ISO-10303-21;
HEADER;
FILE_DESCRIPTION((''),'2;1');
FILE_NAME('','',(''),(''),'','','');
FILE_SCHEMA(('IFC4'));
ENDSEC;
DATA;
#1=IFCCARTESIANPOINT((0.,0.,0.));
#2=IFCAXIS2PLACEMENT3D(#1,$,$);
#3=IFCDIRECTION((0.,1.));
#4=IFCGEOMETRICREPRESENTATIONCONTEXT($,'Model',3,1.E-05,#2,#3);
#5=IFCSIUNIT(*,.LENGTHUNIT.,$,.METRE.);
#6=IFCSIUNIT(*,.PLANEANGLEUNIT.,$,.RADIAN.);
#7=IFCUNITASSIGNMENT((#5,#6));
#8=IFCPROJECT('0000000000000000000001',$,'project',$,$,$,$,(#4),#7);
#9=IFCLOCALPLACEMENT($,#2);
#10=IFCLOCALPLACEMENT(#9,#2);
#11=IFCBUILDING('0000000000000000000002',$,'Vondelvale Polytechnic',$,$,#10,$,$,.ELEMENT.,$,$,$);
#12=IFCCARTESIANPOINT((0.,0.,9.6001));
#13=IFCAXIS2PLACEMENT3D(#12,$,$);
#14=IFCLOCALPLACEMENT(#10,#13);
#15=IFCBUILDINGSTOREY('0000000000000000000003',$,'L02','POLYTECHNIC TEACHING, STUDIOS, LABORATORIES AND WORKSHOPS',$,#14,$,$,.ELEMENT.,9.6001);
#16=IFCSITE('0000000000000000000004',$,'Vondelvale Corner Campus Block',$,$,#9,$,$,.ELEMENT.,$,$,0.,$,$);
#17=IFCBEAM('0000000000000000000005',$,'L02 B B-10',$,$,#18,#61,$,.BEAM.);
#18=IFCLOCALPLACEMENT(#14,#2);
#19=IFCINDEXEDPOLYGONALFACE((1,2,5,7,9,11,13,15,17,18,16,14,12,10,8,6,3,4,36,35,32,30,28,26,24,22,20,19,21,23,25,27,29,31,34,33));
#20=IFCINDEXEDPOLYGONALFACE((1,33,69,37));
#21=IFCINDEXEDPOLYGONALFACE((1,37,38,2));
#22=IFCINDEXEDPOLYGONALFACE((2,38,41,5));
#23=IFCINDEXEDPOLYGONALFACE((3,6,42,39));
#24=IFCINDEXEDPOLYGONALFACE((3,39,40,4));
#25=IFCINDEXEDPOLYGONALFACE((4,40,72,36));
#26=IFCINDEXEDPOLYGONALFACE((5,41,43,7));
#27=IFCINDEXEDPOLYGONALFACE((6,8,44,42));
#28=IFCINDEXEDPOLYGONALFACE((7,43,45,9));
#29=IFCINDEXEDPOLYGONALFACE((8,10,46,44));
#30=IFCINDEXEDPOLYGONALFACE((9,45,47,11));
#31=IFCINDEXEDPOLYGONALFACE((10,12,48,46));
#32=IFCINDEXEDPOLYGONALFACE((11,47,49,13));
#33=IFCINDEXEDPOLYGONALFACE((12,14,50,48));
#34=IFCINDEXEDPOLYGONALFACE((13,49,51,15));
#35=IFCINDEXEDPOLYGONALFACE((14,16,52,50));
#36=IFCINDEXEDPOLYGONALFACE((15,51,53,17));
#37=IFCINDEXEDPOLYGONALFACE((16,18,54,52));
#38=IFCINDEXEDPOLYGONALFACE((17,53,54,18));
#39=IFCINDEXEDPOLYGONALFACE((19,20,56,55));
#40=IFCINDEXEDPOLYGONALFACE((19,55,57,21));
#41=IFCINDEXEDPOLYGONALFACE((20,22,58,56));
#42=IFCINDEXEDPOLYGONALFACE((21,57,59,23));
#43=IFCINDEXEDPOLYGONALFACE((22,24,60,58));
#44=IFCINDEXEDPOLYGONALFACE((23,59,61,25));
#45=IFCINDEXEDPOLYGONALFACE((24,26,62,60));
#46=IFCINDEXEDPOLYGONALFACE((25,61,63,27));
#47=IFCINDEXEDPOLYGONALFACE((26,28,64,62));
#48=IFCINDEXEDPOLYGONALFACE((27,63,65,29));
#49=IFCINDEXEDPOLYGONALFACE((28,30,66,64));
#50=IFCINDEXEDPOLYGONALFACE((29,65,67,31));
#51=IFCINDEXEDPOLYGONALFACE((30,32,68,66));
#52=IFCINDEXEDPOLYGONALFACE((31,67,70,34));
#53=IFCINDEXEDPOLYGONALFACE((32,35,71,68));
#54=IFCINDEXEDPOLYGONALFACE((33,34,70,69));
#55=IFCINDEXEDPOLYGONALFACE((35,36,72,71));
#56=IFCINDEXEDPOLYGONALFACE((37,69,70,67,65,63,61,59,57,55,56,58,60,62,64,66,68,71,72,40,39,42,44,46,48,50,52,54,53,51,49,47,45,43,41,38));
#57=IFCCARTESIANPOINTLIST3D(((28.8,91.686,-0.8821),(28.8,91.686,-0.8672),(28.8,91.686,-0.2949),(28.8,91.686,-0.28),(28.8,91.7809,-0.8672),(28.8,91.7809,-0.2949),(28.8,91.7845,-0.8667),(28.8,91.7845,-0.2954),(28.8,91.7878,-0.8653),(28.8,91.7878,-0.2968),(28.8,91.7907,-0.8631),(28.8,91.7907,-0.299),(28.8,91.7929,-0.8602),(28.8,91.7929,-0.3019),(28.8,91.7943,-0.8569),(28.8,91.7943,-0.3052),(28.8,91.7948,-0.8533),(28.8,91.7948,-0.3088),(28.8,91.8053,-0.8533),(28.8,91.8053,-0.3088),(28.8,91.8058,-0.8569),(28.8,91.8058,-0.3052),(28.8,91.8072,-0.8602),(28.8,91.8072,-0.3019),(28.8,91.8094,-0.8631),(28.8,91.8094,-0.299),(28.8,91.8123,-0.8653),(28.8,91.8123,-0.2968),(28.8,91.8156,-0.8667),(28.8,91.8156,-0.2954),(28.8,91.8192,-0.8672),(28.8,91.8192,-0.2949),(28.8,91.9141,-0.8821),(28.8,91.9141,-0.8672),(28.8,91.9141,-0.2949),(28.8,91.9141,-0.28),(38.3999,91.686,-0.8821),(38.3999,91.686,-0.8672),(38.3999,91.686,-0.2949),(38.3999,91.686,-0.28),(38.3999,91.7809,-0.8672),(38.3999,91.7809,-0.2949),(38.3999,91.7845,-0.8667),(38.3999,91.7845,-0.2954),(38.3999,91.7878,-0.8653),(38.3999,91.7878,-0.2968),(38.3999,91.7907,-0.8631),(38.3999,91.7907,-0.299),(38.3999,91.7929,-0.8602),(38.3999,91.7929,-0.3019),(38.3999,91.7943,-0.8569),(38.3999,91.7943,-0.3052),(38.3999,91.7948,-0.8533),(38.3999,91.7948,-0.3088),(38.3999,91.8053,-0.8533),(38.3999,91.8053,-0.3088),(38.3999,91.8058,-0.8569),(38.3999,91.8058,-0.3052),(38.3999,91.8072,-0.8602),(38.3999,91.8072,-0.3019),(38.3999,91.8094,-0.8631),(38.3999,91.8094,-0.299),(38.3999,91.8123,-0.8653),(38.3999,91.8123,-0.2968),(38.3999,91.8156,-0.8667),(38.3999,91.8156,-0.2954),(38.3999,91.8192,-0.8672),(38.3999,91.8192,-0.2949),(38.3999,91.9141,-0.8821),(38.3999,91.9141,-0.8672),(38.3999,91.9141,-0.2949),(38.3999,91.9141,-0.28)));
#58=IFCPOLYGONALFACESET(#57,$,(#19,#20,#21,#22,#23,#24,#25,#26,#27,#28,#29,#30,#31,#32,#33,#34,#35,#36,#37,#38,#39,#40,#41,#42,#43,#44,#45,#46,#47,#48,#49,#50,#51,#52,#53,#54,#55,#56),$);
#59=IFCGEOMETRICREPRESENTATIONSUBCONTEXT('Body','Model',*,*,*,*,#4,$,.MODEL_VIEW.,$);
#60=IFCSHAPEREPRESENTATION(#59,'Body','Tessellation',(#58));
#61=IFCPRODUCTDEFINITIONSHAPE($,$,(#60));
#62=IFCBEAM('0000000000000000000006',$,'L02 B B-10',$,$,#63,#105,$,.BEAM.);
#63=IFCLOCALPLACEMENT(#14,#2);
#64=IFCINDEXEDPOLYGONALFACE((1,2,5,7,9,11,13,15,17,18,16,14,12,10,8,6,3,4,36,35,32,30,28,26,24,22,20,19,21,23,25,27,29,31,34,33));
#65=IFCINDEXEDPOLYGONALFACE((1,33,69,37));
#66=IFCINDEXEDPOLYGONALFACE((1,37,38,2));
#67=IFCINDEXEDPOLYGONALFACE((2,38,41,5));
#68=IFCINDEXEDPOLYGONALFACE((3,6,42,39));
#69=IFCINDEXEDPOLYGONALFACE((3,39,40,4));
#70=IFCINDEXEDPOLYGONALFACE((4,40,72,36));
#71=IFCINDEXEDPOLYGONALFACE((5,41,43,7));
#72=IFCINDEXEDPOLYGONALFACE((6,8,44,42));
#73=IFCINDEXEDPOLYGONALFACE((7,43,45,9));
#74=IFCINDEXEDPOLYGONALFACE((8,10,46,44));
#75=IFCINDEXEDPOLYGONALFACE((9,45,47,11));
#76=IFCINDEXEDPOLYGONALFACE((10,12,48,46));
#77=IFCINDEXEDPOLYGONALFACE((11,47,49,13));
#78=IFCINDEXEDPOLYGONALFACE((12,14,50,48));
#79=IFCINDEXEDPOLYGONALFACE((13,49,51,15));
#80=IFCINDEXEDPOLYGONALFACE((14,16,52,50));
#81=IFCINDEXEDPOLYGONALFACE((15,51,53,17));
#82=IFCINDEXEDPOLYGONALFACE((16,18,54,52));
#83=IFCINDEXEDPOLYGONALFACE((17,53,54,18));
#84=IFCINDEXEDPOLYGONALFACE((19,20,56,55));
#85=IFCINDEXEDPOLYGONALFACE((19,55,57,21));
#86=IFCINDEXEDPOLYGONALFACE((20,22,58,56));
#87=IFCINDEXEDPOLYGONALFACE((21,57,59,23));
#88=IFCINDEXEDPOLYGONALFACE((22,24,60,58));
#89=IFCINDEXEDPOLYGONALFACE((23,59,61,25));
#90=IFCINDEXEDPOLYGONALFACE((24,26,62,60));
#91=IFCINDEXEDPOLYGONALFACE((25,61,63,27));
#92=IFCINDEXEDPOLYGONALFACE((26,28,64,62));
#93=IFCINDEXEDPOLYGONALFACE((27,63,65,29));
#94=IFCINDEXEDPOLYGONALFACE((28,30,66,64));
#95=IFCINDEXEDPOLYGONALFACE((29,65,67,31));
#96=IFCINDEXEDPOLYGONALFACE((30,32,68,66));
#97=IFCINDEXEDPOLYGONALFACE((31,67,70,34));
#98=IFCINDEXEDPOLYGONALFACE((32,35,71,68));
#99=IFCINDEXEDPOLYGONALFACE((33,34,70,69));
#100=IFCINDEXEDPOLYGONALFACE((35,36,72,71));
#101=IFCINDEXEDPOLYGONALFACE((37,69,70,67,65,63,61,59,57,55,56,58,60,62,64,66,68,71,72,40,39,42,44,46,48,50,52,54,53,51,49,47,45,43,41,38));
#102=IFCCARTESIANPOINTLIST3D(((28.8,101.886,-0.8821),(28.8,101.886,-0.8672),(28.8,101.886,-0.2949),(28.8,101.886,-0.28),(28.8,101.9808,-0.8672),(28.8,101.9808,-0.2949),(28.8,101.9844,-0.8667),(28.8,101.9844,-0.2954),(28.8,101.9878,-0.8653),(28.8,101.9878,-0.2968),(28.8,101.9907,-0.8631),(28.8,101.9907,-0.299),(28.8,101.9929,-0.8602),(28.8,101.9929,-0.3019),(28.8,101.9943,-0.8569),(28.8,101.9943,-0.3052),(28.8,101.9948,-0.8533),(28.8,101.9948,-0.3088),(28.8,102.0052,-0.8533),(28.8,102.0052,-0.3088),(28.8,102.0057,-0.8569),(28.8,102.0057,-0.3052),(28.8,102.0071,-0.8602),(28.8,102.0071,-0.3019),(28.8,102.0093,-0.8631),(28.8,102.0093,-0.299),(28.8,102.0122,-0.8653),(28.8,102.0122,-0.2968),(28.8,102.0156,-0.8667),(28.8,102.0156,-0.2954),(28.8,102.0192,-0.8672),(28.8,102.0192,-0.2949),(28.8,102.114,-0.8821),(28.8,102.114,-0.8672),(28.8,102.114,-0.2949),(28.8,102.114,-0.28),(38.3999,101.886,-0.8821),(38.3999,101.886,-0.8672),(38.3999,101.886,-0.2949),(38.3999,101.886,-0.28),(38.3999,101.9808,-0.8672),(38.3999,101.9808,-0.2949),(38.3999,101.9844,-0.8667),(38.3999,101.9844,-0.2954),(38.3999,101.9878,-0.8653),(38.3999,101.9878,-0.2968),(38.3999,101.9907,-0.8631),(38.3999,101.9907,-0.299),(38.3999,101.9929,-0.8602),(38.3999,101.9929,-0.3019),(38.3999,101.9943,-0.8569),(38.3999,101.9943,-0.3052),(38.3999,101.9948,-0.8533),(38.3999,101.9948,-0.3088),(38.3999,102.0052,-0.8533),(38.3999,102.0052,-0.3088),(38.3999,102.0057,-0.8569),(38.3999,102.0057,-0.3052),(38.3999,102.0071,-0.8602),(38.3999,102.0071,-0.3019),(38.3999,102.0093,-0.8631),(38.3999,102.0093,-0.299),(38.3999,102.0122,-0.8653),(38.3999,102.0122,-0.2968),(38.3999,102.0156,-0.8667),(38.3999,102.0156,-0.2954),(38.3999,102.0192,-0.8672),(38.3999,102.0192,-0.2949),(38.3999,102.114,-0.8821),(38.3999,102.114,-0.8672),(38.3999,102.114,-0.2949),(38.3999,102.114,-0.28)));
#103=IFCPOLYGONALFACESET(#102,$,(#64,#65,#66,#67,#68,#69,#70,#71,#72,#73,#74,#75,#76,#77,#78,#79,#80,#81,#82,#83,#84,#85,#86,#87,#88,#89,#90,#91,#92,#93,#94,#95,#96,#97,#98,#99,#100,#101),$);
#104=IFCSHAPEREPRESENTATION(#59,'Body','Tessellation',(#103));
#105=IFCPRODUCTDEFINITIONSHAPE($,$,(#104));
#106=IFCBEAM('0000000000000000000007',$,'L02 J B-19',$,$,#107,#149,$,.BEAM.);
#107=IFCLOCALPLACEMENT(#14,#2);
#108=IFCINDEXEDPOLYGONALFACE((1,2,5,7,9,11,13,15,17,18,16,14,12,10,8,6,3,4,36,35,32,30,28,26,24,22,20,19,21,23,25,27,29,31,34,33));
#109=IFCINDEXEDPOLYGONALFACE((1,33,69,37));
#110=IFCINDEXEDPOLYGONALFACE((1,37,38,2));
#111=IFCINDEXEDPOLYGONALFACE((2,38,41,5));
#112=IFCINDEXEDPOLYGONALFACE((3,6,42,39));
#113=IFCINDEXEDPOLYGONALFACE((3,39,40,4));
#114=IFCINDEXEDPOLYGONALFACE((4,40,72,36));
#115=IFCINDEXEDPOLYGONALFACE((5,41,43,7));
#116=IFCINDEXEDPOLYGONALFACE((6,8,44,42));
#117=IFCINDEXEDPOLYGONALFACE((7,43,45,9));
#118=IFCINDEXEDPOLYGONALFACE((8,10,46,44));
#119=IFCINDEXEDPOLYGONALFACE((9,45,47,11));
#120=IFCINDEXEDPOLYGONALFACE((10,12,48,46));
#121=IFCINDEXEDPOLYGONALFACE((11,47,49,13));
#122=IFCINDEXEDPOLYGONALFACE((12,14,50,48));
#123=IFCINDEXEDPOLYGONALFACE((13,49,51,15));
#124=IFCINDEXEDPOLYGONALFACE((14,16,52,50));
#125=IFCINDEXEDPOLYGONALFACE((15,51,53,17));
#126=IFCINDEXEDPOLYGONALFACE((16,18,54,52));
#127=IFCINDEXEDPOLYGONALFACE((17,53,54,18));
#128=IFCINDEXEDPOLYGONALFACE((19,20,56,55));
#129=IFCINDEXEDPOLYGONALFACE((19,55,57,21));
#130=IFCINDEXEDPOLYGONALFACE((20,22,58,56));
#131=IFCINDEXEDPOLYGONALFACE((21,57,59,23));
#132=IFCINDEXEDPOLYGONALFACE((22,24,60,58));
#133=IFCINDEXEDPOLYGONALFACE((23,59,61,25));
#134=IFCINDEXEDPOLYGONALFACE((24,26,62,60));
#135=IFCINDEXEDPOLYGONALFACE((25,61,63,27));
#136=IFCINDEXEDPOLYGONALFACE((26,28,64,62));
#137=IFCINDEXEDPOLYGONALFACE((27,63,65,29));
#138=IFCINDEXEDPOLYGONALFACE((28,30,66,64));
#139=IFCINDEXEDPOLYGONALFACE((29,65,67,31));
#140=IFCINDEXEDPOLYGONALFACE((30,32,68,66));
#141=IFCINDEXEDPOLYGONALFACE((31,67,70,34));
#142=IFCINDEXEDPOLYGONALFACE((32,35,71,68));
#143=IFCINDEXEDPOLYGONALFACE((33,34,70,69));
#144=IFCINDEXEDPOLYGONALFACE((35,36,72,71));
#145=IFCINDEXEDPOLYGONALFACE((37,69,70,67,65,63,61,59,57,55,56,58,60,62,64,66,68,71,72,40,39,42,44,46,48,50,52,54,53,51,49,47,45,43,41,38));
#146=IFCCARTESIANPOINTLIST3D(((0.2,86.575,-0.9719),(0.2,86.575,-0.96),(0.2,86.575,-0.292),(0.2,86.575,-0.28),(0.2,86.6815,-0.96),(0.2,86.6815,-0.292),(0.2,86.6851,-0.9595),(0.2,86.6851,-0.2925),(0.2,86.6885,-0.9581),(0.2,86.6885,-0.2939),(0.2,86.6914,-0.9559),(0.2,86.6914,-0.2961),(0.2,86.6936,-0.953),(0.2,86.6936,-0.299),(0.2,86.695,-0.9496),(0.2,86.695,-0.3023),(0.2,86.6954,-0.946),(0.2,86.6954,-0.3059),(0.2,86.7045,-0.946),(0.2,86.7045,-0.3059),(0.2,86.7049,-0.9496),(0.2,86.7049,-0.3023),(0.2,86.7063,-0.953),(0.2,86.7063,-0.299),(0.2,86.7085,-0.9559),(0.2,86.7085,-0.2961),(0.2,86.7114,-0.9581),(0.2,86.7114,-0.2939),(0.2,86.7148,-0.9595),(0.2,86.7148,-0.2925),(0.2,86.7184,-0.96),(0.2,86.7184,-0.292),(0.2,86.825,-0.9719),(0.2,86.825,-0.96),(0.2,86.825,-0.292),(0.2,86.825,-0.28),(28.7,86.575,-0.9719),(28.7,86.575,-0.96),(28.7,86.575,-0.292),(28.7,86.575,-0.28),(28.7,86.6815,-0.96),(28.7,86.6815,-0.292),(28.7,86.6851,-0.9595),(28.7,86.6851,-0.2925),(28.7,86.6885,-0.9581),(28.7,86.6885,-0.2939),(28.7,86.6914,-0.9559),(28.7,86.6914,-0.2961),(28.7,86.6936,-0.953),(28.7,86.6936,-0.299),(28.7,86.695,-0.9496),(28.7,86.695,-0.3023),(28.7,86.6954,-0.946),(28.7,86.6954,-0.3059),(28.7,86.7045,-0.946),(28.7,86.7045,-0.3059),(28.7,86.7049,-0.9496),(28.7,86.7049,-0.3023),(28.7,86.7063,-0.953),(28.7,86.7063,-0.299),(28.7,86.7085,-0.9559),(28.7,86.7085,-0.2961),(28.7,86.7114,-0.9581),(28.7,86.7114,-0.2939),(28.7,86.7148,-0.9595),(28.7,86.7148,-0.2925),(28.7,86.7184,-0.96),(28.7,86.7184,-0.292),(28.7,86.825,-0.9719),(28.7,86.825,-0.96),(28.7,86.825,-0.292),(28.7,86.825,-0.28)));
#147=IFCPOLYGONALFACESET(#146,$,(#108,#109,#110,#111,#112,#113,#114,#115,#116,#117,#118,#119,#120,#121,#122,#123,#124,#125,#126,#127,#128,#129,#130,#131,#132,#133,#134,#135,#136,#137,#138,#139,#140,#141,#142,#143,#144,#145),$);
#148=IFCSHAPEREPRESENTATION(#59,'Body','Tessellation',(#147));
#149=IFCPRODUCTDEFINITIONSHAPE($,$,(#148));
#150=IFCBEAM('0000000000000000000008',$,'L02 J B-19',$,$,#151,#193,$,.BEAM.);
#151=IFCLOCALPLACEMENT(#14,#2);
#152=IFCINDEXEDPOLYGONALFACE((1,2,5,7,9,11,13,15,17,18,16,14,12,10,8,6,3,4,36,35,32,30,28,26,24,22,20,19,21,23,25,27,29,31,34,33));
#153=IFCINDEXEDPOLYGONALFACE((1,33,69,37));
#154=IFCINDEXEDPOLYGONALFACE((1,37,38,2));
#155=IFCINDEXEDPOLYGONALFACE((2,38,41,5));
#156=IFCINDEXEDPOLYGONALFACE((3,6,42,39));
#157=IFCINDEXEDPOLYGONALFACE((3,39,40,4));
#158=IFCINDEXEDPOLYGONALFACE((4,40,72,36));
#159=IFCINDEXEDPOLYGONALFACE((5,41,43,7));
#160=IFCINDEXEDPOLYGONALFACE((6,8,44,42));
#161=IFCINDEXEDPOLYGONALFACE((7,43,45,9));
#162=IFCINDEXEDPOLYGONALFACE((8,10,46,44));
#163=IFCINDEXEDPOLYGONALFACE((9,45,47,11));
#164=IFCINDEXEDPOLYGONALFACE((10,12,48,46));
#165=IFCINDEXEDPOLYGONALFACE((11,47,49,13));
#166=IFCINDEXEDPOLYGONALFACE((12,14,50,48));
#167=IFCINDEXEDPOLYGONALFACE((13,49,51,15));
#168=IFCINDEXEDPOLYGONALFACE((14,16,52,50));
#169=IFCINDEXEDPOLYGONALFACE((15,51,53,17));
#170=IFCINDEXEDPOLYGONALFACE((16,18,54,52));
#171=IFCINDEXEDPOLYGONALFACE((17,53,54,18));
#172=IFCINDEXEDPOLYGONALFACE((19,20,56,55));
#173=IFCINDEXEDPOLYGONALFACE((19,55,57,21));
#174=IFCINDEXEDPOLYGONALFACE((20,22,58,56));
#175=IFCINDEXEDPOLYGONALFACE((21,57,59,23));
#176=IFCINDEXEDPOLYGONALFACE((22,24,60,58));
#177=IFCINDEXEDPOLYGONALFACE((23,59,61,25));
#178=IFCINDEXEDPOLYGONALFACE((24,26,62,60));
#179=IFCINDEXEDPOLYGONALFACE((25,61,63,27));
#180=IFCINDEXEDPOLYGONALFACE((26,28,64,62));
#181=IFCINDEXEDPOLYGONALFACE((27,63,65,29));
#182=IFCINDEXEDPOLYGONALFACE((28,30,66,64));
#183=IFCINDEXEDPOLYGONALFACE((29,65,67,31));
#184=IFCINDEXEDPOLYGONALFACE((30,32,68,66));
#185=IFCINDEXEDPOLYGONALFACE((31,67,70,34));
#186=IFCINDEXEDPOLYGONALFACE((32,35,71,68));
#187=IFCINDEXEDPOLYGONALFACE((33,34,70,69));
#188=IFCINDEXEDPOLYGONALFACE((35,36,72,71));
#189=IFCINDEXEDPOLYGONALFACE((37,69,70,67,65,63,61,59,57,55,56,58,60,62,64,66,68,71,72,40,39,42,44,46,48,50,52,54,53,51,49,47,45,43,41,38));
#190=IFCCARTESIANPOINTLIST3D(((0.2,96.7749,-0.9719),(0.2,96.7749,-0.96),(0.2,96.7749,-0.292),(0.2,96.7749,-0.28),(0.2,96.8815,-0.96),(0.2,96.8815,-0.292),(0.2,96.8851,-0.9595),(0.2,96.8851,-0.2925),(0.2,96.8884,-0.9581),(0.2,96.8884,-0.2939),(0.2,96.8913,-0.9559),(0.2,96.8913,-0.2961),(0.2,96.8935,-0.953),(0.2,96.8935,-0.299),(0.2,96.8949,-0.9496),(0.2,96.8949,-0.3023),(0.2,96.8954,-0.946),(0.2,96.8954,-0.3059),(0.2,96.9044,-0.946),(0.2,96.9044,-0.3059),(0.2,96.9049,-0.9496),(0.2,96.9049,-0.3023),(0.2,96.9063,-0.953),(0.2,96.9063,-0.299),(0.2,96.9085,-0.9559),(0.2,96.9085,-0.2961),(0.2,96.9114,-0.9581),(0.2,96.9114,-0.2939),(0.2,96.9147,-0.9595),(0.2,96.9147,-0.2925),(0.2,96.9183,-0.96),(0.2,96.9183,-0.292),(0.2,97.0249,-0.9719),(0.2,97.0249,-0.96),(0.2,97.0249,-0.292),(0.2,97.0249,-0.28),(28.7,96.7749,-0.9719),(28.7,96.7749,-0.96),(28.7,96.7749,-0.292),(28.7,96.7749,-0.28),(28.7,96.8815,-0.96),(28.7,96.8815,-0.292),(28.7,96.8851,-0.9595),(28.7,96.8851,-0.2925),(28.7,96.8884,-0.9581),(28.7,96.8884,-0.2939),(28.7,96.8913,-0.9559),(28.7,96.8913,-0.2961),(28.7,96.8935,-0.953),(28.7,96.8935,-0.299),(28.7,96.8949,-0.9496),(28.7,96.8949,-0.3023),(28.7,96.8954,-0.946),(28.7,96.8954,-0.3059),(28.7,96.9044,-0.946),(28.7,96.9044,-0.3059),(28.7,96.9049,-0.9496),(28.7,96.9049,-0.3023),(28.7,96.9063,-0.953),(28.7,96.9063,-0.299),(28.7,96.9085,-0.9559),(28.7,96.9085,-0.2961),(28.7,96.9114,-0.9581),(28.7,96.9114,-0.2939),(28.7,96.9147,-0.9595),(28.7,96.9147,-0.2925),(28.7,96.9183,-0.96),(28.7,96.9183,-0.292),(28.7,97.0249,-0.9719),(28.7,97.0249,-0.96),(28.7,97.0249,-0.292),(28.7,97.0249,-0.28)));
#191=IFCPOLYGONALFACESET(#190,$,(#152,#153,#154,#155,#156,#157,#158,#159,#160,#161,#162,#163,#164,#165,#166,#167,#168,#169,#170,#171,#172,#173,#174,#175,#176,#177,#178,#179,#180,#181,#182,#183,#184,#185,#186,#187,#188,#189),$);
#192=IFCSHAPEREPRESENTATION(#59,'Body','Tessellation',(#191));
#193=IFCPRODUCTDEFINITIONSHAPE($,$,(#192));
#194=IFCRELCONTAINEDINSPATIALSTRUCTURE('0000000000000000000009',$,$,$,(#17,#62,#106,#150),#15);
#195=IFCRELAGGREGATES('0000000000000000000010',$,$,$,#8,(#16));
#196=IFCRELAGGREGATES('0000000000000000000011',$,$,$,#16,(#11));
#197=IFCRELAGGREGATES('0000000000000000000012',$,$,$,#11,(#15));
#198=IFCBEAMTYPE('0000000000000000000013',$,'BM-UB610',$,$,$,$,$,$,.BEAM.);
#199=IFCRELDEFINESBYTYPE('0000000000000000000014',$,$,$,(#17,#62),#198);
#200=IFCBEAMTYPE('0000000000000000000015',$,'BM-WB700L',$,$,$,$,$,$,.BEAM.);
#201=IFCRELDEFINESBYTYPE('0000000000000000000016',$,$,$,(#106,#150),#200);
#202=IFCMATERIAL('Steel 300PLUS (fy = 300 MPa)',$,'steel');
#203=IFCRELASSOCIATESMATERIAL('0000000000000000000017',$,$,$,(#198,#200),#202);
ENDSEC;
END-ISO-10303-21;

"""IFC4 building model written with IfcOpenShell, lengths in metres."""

from ifc_helpers import new_model, si_unit, direction, frame, origin, origin_2d, place, context, subcontext, project, spatial, i_section, extrude, material, material_profile, profile_set, type_object, element, save


model = new_model("IFC4")

# Units and contexts
model_context = context("Model", 3, precision=1e-05, world=origin(), true_north=direction((0.0, 1.0)))
body_context = subcontext(model_context, "Body", "Model", "MODEL_VIEW")
ifc_project = project(units=[si_unit("LENGTHUNIT", "METRE"), si_unit("PLANEANGLEUNIT", "RADIAN")], contexts=[model_context])

# Site, building, storey
site_placement = place(None, origin())
site = spatial("IfcSite", under=ifc_project, at=site_placement, Name="Vondelvale Corner Campus Block", CompositionType="ELEMENT", RefElevation=0.0)
building_placement = place(site_placement, origin())
building = spatial("IfcBuilding", under=site, at=building_placement, Name="Vondelvale Polytechnic", CompositionType="ELEMENT")
storey_placement = place(building_placement, frame((0.0, 0.0, 9.6001)))
storey = spatial("IfcBuildingStorey", under=building, at=storey_placement, Name="L02", Description="POLYTECHNIC TEACHING, STUDIOS, LABORATORIES AND WORKSHOPS", CompositionType="ELEMENT", Elevation=9.6001)

# Shared definitions
ifc_material_1 = material(Name="Steel 300PLUS (fy = 300 MPa)", Category="steel")

# Beams
ifc_material_profile_1 = material_profile(ifc_material_1, i_section(OverallWidth=0.228, OverallDepth=0.6021, WebThickness=0.0105, FlangeThickness=0.0149, FilletRadius=0.0139, at=origin_2d()), Name="610UB101")
ifc_profile_set_1 = profile_set([ifc_material_profile_1], Name="Steel 300PLUS (fy = 300 MPa)")
beam_type_1 = type_object("IfcBeamType", Name="BM-UB610", PredefinedType="BEAM", material=ifc_profile_set_1)
for number, where, z_axis, x_axis, name in (
    (1, (28.8, 91.8, -0.5811), (1.0, 0.0, 0.0), (0.0, 1.0, 0.0), "L02 B B-10"),
    (2, (28.8, 102.0, -0.5811), (1.0, 0.0, 0.0), (0.0, 1.0, 0.0), "L02 B B-10"),
):
    element("IfcBeam", number, at=place(storey_placement, frame(where, z_axis=z_axis, x_axis=x_axis)), inside=storey, type_object=beam_type_1, Name=name, PredefinedType="BEAM", context=body_context, shape_type="SweptSolid", body=[
        extrude(i_section(OverallWidth=0.228, OverallDepth=0.6021, WebThickness=0.0105, FlangeThickness=0.0149, FilletRadius=0.0139, at=origin_2d()), origin(), (0.0, 0.0, 1.0), 9.5999),
    ])
ifc_material_profile_2 = material_profile(ifc_material_1, i_section(OverallWidth=0.25, OverallDepth=0.6919, WebThickness=0.009, FlangeThickness=0.012, FilletRadius=0.0139, at=origin_2d()), Name="700WB115")
ifc_profile_set_2 = profile_set([ifc_material_profile_2], Name="Steel 300PLUS (fy = 300 MPa)")
beam_type_2 = type_object("IfcBeamType", Name="BM-WB700L", PredefinedType="BEAM", material=ifc_profile_set_2)
for number, where, z_axis, x_axis, name in (
    (3, (0.2, 86.7, -0.626), (1.0, 0.0, 0.0), (0.0, 1.0, 0.0), "L02 J B-19"),
    (4, (0.2, 96.8999, -0.626), (1.0, 0.0, 0.0), (0.0, 1.0, 0.0), "L02 J B-19"),
):
    element("IfcBeam", number, at=place(storey_placement, frame(where, z_axis=z_axis, x_axis=x_axis)), inside=storey, type_object=beam_type_2, Name=name, PredefinedType="BEAM", context=body_context, shape_type="SweptSolid", body=[
        extrude(i_section(OverallWidth=0.25, OverallDepth=0.6919, WebThickness=0.009, FlangeThickness=0.012, FilletRadius=0.0139, at=origin_2d()), origin(), (0.0, 0.0, 1.0), 28.5),
    ])

save(model, "model.ifc")
